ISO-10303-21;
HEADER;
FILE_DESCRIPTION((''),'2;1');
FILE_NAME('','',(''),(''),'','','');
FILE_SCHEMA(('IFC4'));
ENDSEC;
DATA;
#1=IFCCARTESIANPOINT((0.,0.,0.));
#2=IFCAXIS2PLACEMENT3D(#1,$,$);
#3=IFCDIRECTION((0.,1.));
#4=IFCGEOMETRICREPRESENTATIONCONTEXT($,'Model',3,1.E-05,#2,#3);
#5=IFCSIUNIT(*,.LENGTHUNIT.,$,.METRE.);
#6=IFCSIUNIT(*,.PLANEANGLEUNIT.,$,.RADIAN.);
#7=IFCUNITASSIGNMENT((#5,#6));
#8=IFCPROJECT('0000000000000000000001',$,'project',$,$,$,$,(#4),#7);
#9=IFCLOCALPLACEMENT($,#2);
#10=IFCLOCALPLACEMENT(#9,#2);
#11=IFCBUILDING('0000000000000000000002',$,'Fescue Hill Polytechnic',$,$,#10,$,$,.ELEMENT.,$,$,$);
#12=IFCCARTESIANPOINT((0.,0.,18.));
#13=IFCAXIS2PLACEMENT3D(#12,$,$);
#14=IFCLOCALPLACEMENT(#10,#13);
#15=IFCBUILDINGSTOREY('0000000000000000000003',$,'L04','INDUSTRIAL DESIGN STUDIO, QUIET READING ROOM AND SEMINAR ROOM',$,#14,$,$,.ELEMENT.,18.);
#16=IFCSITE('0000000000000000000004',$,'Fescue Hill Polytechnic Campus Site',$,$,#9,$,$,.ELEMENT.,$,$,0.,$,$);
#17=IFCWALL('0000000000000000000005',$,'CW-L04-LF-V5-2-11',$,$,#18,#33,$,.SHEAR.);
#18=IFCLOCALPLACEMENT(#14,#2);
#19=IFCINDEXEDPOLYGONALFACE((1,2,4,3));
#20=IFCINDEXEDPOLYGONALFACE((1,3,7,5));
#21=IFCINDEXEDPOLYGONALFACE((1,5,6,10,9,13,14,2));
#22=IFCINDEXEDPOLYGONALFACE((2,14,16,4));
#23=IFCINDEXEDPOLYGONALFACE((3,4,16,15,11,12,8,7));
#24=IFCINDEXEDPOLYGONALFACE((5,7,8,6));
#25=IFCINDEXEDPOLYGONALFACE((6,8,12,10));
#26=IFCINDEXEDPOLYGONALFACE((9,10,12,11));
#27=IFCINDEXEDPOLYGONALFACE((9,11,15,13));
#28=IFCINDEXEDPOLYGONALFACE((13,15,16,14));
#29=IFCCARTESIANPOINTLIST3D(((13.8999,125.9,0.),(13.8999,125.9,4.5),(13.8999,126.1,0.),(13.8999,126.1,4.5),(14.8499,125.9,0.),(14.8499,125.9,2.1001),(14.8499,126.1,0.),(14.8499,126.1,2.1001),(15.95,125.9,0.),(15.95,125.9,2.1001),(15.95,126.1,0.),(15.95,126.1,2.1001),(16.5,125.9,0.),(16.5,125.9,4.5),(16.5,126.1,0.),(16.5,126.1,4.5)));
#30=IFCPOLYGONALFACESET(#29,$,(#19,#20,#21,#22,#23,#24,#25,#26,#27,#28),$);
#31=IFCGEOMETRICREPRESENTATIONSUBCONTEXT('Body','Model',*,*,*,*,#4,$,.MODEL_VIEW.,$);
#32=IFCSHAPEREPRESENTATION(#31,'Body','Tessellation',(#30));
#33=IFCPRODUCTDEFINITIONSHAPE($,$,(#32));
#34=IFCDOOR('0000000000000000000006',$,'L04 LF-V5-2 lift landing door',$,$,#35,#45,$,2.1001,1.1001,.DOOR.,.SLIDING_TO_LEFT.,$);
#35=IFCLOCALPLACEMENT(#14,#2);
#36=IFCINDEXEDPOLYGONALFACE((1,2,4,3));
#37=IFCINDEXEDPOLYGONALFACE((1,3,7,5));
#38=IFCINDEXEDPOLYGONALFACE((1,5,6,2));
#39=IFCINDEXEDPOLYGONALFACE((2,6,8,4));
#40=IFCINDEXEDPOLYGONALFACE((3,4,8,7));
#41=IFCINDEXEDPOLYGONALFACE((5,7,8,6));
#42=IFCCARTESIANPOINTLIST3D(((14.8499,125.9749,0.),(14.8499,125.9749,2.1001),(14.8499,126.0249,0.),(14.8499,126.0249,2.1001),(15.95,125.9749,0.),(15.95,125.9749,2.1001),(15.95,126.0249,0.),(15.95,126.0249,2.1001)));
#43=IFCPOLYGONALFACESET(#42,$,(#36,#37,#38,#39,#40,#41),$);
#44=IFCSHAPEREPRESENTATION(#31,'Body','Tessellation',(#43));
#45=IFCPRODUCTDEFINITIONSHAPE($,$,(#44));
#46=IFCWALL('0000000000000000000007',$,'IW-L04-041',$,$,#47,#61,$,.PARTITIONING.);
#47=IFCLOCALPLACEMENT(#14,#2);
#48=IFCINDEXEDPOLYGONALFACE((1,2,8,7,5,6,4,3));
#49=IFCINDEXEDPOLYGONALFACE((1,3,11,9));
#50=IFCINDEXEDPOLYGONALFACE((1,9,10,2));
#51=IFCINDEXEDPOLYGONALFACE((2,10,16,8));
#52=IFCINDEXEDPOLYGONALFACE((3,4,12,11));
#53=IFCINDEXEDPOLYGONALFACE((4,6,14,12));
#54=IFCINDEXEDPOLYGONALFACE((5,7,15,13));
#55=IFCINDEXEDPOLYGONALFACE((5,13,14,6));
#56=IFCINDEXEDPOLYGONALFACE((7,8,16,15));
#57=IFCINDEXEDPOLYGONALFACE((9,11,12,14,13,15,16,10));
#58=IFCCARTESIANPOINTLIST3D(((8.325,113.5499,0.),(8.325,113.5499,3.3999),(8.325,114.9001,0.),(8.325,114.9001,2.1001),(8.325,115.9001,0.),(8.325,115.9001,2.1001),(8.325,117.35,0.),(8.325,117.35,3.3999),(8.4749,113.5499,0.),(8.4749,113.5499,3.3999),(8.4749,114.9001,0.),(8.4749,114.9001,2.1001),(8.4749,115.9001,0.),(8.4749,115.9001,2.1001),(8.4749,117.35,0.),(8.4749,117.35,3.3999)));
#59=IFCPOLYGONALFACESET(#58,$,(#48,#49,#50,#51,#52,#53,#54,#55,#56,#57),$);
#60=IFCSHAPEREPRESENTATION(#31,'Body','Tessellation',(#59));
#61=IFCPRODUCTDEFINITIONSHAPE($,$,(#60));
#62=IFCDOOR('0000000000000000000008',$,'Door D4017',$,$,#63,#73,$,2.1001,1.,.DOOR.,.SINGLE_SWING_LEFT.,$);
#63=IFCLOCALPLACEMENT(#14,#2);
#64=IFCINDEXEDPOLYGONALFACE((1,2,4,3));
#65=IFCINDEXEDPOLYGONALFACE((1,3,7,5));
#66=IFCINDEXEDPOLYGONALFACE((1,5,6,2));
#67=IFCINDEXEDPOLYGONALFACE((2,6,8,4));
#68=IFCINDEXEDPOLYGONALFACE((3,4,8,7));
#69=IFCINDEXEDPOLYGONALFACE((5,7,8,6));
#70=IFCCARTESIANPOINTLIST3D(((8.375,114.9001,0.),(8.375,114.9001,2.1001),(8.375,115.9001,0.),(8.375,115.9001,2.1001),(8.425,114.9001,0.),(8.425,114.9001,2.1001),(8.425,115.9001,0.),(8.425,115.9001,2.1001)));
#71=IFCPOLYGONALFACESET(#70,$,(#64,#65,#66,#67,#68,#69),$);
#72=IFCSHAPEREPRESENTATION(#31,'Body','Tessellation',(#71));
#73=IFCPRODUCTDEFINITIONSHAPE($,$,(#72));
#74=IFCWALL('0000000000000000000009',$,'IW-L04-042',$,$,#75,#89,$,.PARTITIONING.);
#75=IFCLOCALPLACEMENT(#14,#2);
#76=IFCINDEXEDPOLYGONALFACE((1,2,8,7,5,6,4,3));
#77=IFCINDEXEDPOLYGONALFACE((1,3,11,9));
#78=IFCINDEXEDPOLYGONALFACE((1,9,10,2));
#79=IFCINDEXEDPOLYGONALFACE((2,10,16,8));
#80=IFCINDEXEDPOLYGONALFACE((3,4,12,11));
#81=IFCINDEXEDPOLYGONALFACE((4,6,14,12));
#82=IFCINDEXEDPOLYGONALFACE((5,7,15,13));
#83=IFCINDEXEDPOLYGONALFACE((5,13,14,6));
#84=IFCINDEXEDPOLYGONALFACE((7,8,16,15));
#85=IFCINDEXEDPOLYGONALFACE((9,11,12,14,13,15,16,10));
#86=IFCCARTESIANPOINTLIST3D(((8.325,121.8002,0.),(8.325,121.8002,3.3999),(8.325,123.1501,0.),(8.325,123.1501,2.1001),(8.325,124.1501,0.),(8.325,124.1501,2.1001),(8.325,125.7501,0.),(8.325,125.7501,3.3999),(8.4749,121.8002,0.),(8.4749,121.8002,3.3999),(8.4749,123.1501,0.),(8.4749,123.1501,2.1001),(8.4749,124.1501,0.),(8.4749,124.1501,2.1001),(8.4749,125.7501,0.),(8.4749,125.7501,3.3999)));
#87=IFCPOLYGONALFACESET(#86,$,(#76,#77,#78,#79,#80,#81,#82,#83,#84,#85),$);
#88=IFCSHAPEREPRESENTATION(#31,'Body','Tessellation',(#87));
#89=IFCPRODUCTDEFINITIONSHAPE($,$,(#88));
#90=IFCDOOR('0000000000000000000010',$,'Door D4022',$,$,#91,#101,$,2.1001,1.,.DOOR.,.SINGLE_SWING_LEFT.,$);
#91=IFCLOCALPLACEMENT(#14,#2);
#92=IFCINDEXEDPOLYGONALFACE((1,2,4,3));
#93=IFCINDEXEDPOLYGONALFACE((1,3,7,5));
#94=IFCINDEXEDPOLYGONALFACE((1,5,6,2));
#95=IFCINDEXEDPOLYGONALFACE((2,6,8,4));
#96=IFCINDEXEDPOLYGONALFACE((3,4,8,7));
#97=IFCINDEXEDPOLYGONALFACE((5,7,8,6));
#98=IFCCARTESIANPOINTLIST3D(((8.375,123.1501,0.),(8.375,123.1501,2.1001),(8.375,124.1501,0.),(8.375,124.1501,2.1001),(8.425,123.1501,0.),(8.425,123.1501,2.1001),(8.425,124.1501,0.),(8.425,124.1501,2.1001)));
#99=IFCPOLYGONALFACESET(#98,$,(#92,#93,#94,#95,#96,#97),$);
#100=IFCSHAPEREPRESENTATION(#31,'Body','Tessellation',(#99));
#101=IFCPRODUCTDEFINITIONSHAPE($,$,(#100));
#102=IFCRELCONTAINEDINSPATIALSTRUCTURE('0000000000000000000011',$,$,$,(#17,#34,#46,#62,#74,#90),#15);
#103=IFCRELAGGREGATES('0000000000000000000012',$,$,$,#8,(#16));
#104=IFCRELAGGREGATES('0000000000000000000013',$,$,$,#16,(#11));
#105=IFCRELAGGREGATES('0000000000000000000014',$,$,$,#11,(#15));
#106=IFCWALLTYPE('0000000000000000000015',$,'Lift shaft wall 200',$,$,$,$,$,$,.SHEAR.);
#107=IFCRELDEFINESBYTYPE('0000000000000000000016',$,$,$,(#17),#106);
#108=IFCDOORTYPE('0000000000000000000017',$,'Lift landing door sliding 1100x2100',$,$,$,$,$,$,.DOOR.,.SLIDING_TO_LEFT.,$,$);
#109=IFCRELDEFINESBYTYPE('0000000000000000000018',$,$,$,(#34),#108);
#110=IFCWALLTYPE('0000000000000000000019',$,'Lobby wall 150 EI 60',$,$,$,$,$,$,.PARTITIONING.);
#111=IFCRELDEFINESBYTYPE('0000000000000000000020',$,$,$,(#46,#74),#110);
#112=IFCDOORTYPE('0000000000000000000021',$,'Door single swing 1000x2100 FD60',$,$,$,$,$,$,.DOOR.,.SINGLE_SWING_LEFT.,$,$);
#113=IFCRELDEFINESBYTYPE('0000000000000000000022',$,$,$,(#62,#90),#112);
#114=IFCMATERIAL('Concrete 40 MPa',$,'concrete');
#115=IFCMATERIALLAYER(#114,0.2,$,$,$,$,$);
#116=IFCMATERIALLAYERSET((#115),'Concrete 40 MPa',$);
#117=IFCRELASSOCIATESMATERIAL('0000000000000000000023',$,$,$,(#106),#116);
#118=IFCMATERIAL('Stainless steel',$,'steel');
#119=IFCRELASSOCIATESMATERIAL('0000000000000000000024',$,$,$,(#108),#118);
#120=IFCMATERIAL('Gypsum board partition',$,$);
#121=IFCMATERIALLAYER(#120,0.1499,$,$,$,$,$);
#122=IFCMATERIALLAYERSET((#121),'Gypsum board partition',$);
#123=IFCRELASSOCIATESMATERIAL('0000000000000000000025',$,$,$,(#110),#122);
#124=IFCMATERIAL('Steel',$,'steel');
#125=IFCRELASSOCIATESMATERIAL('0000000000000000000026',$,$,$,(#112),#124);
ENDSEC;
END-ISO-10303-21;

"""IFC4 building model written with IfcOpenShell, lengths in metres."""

from ifc_helpers import new_model, si_unit, direction, frame, frame_2d, origin, place, context, subcontext, project, spatial, rectangle, extrude, material, layer, layer_set, type_object, element, fill, save


model = new_model("IFC4")

# Units and contexts
model_context = context("Model", 3, precision=1e-05, world=origin(), true_north=direction((0.0, 1.0)))
body_context = subcontext(model_context, "Body", "Model", "MODEL_VIEW")
ifc_project = project(units=[si_unit("LENGTHUNIT", "METRE"), si_unit("PLANEANGLEUNIT", "RADIAN")], contexts=[model_context])

# Site, building, storey
site_placement = place(None, origin())
site = spatial("IfcSite", under=ifc_project, at=site_placement, Name="Fescue Hill Polytechnic Campus Site", CompositionType="ELEMENT", RefElevation=0.0)
building_placement = place(site_placement, origin())
building = spatial("IfcBuilding", under=site, at=building_placement, Name="Fescue Hill Polytechnic", CompositionType="ELEMENT")
storey_placement = place(building_placement, frame((0.0, 0.0, 18.0)))
storey = spatial("IfcBuildingStorey", under=building, at=storey_placement, Name="L04", Description="INDUSTRIAL DESIGN STUDIO, QUIET READING ROOM AND SEMINAR ROOM", CompositionType="ELEMENT", Elevation=18.0)

# Shared definitions
ifc_material_1 = material(Name="Concrete 40 MPa", Category="concrete")

# Shared definitions
ifc_material_2 = material(Name="Gypsum board partition")

# Shared definitions
ifc_layer_1 = layer(ifc_material_1, 0.2)
ifc_layer_set_1 = layer_set([ifc_layer_1], Name="Concrete 40 MPa")
wall_type_1 = type_object("IfcWallType", Name="Lift shaft wall 200", PredefinedType="SHEAR", material=ifc_layer_set_1)
ifc_material_3 = material(Name="Stainless steel", Category="steel")
door_type_1 = type_object("IfcDoorType", Name="Lift landing door sliding 1100x2100", OperationType="SLIDING_TO_LEFT", PredefinedType="DOOR", material=ifc_material_3)

# Walls, openings, doors
wall_1_placement = place(storey_placement, frame((13.8999, 126.0, 0.0), z_axis=(0.0, 0.0, 1.0), x_axis=(1.0, 0.0, 0.0)))
wall_1 = element("IfcWall", 1, at=wall_1_placement, inside=storey, type_object=wall_type_1, Name="CW-L04-LF-V5-2-11", PredefinedType="SHEAR", context=body_context, shape_type="SweptSolid", body=[
    extrude(rectangle(XDim=2.6001, YDim=0.2, at=frame_2d((1.3, 0.0))), origin(), (0.0, 0.0, 1.0), 4.5),
])
opening_1_placement = place(wall_1_placement, frame((0.95, 0.0, 0.0)))
opening_1 = element("IfcOpeningElement", 2, at=opening_1_placement, cuts=wall_1, PredefinedType="OPENING", context=body_context, shape_type="SweptSolid", body=[
    extrude(rectangle(XDim=1.1001, YDim=2.1001, at=frame_2d((0.55, 1.05))), frame((0.0, 0.1099, 0.0), z_axis=(0.0, -1.0, 0.0), x_axis=(1.0, 0.0, 0.0)), (0.0, 0.0, 1.0), 0.22),
])
door_1_placement = place(opening_1_placement, origin())
door_1 = element("IfcDoor", 3, at=door_1_placement, inside=storey, type_object=door_type_1, Name="L04 LF-V5-2 lift landing door", OperationType="SLIDING_TO_LEFT", OverallHeight=2.1001, OverallWidth=1.1001, PredefinedType="DOOR", context=body_context, shape_type="SweptSolid", body=[
    extrude(rectangle(XDim=1.1001, YDim=2.1001, at=frame_2d((0.55, 1.05))), frame((0.0, 0.0249, 0.0), z_axis=(0.0, -1.0, 0.0), x_axis=(1.0, 0.0, 0.0)), (0.0, 0.0, 1.0), 0.05),
])
fill(opening_1, door_1)
ifc_layer_2 = layer(ifc_material_2, 0.1499)
ifc_layer_set_2 = layer_set([ifc_layer_2], Name="Gypsum board partition")
wall_type_2 = type_object("IfcWallType", Name="Lobby wall 150 EI 60", PredefinedType="PARTITIONING", material=ifc_layer_set_2)
wall_2_placement = place(storey_placement, frame((8.3999, 113.55, 0.0), z_axis=(0.0, 0.0, 1.0), x_axis=(0.0, 1.0, 0.0)))
wall_2 = element("IfcWall", 4, at=wall_2_placement, inside=storey, type_object=wall_type_2, Name="IW-L04-041", PredefinedType="PARTITIONING", context=body_context, shape_type="SweptSolid", body=[
    extrude(rectangle(XDim=3.8, YDim=0.1499, at=frame_2d((1.8999, 0.0))), origin(), (0.0, 0.0, 1.0), 3.3999),
])
opening_2_placement = place(wall_2_placement, frame((1.3501, 0.0, 0.0)))
opening_2 = element("IfcOpeningElement", 5, at=opening_2_placement, cuts=wall_2, PredefinedType="OPENING", context=body_context, shape_type="SweptSolid", body=[
    extrude(rectangle(XDim=1.0, YDim=2.1001, at=frame_2d((0.5, 1.05))), frame((0.0, 0.085, 0.0), z_axis=(0.0, -1.0, 0.0), x_axis=(1.0, 0.0, 0.0)), (0.0, 0.0, 1.0), 0.1699),
])
ifc_material_4 = material(Name="Steel", Category="steel")
door_type_2 = type_object("IfcDoorType", Name="Door single swing 1000x2100 FD60", OperationType="SINGLE_SWING_LEFT", PredefinedType="DOOR", material=ifc_material_4)
door_2_placement = place(opening_2_placement, origin())
door_2 = element("IfcDoor", 6, at=door_2_placement, inside=storey, type_object=door_type_2, Name="Door D4017", OperationType="SINGLE_SWING_LEFT", OverallHeight=2.1001, OverallWidth=1.0, PredefinedType="DOOR", context=body_context, shape_type="SweptSolid", body=[
    extrude(rectangle(XDim=1.0, YDim=2.1001, at=frame_2d((0.5, 1.05))), frame((0.0, 0.0249, 0.0), z_axis=(0.0, -1.0, 0.0), x_axis=(1.0, 0.0, 0.0)), (0.0, 0.0, 1.0), 0.05),
])
fill(opening_2, door_2)
wall_3_placement = place(storey_placement, frame((8.3999, 121.8, 0.0), z_axis=(0.0, 0.0, 1.0), x_axis=(0.0, 1.0, 0.0)))
wall_3 = element("IfcWall", 7, at=wall_3_placement, inside=storey, type_object=wall_type_2, Name="IW-L04-042", PredefinedType="PARTITIONING", context=body_context, shape_type="SweptSolid", body=[
    extrude(rectangle(XDim=3.95, YDim=0.1499, at=frame_2d((1.9751, 0.0))), origin(), (0.0, 0.0, 1.0), 3.3999),
])
opening_3_placement = place(wall_3_placement, frame((1.3501, 0.0, 0.0)))
opening_3 = element("IfcOpeningElement", 8, at=opening_3_placement, cuts=wall_3, PredefinedType="OPENING", context=body_context, shape_type="SweptSolid", body=[
    extrude(rectangle(XDim=1.0, YDim=2.1001, at=frame_2d((0.5, 1.05))), frame((0.0, 0.085, 0.0), z_axis=(0.0, -1.0, 0.0), x_axis=(1.0, 0.0, 0.0)), (0.0, 0.0, 1.0), 0.1699),
])
door_3_placement = place(opening_3_placement, origin())
door_3 = element("IfcDoor", 9, at=door_3_placement, inside=storey, type_object=door_type_2, Name="Door D4022", OperationType="SINGLE_SWING_LEFT", OverallHeight=2.1001, OverallWidth=1.0, PredefinedType="DOOR", context=body_context, shape_type="SweptSolid", body=[
    extrude(rectangle(XDim=1.0, YDim=2.1001, at=frame_2d((0.5, 1.05))), frame((0.0, 0.0249, 0.0), z_axis=(0.0, -1.0, 0.0), x_axis=(1.0, 0.0, 0.0)), (0.0, 0.0, 1.0), 0.05),
])
fill(opening_3, door_3)

save(model, "model.ifc")
